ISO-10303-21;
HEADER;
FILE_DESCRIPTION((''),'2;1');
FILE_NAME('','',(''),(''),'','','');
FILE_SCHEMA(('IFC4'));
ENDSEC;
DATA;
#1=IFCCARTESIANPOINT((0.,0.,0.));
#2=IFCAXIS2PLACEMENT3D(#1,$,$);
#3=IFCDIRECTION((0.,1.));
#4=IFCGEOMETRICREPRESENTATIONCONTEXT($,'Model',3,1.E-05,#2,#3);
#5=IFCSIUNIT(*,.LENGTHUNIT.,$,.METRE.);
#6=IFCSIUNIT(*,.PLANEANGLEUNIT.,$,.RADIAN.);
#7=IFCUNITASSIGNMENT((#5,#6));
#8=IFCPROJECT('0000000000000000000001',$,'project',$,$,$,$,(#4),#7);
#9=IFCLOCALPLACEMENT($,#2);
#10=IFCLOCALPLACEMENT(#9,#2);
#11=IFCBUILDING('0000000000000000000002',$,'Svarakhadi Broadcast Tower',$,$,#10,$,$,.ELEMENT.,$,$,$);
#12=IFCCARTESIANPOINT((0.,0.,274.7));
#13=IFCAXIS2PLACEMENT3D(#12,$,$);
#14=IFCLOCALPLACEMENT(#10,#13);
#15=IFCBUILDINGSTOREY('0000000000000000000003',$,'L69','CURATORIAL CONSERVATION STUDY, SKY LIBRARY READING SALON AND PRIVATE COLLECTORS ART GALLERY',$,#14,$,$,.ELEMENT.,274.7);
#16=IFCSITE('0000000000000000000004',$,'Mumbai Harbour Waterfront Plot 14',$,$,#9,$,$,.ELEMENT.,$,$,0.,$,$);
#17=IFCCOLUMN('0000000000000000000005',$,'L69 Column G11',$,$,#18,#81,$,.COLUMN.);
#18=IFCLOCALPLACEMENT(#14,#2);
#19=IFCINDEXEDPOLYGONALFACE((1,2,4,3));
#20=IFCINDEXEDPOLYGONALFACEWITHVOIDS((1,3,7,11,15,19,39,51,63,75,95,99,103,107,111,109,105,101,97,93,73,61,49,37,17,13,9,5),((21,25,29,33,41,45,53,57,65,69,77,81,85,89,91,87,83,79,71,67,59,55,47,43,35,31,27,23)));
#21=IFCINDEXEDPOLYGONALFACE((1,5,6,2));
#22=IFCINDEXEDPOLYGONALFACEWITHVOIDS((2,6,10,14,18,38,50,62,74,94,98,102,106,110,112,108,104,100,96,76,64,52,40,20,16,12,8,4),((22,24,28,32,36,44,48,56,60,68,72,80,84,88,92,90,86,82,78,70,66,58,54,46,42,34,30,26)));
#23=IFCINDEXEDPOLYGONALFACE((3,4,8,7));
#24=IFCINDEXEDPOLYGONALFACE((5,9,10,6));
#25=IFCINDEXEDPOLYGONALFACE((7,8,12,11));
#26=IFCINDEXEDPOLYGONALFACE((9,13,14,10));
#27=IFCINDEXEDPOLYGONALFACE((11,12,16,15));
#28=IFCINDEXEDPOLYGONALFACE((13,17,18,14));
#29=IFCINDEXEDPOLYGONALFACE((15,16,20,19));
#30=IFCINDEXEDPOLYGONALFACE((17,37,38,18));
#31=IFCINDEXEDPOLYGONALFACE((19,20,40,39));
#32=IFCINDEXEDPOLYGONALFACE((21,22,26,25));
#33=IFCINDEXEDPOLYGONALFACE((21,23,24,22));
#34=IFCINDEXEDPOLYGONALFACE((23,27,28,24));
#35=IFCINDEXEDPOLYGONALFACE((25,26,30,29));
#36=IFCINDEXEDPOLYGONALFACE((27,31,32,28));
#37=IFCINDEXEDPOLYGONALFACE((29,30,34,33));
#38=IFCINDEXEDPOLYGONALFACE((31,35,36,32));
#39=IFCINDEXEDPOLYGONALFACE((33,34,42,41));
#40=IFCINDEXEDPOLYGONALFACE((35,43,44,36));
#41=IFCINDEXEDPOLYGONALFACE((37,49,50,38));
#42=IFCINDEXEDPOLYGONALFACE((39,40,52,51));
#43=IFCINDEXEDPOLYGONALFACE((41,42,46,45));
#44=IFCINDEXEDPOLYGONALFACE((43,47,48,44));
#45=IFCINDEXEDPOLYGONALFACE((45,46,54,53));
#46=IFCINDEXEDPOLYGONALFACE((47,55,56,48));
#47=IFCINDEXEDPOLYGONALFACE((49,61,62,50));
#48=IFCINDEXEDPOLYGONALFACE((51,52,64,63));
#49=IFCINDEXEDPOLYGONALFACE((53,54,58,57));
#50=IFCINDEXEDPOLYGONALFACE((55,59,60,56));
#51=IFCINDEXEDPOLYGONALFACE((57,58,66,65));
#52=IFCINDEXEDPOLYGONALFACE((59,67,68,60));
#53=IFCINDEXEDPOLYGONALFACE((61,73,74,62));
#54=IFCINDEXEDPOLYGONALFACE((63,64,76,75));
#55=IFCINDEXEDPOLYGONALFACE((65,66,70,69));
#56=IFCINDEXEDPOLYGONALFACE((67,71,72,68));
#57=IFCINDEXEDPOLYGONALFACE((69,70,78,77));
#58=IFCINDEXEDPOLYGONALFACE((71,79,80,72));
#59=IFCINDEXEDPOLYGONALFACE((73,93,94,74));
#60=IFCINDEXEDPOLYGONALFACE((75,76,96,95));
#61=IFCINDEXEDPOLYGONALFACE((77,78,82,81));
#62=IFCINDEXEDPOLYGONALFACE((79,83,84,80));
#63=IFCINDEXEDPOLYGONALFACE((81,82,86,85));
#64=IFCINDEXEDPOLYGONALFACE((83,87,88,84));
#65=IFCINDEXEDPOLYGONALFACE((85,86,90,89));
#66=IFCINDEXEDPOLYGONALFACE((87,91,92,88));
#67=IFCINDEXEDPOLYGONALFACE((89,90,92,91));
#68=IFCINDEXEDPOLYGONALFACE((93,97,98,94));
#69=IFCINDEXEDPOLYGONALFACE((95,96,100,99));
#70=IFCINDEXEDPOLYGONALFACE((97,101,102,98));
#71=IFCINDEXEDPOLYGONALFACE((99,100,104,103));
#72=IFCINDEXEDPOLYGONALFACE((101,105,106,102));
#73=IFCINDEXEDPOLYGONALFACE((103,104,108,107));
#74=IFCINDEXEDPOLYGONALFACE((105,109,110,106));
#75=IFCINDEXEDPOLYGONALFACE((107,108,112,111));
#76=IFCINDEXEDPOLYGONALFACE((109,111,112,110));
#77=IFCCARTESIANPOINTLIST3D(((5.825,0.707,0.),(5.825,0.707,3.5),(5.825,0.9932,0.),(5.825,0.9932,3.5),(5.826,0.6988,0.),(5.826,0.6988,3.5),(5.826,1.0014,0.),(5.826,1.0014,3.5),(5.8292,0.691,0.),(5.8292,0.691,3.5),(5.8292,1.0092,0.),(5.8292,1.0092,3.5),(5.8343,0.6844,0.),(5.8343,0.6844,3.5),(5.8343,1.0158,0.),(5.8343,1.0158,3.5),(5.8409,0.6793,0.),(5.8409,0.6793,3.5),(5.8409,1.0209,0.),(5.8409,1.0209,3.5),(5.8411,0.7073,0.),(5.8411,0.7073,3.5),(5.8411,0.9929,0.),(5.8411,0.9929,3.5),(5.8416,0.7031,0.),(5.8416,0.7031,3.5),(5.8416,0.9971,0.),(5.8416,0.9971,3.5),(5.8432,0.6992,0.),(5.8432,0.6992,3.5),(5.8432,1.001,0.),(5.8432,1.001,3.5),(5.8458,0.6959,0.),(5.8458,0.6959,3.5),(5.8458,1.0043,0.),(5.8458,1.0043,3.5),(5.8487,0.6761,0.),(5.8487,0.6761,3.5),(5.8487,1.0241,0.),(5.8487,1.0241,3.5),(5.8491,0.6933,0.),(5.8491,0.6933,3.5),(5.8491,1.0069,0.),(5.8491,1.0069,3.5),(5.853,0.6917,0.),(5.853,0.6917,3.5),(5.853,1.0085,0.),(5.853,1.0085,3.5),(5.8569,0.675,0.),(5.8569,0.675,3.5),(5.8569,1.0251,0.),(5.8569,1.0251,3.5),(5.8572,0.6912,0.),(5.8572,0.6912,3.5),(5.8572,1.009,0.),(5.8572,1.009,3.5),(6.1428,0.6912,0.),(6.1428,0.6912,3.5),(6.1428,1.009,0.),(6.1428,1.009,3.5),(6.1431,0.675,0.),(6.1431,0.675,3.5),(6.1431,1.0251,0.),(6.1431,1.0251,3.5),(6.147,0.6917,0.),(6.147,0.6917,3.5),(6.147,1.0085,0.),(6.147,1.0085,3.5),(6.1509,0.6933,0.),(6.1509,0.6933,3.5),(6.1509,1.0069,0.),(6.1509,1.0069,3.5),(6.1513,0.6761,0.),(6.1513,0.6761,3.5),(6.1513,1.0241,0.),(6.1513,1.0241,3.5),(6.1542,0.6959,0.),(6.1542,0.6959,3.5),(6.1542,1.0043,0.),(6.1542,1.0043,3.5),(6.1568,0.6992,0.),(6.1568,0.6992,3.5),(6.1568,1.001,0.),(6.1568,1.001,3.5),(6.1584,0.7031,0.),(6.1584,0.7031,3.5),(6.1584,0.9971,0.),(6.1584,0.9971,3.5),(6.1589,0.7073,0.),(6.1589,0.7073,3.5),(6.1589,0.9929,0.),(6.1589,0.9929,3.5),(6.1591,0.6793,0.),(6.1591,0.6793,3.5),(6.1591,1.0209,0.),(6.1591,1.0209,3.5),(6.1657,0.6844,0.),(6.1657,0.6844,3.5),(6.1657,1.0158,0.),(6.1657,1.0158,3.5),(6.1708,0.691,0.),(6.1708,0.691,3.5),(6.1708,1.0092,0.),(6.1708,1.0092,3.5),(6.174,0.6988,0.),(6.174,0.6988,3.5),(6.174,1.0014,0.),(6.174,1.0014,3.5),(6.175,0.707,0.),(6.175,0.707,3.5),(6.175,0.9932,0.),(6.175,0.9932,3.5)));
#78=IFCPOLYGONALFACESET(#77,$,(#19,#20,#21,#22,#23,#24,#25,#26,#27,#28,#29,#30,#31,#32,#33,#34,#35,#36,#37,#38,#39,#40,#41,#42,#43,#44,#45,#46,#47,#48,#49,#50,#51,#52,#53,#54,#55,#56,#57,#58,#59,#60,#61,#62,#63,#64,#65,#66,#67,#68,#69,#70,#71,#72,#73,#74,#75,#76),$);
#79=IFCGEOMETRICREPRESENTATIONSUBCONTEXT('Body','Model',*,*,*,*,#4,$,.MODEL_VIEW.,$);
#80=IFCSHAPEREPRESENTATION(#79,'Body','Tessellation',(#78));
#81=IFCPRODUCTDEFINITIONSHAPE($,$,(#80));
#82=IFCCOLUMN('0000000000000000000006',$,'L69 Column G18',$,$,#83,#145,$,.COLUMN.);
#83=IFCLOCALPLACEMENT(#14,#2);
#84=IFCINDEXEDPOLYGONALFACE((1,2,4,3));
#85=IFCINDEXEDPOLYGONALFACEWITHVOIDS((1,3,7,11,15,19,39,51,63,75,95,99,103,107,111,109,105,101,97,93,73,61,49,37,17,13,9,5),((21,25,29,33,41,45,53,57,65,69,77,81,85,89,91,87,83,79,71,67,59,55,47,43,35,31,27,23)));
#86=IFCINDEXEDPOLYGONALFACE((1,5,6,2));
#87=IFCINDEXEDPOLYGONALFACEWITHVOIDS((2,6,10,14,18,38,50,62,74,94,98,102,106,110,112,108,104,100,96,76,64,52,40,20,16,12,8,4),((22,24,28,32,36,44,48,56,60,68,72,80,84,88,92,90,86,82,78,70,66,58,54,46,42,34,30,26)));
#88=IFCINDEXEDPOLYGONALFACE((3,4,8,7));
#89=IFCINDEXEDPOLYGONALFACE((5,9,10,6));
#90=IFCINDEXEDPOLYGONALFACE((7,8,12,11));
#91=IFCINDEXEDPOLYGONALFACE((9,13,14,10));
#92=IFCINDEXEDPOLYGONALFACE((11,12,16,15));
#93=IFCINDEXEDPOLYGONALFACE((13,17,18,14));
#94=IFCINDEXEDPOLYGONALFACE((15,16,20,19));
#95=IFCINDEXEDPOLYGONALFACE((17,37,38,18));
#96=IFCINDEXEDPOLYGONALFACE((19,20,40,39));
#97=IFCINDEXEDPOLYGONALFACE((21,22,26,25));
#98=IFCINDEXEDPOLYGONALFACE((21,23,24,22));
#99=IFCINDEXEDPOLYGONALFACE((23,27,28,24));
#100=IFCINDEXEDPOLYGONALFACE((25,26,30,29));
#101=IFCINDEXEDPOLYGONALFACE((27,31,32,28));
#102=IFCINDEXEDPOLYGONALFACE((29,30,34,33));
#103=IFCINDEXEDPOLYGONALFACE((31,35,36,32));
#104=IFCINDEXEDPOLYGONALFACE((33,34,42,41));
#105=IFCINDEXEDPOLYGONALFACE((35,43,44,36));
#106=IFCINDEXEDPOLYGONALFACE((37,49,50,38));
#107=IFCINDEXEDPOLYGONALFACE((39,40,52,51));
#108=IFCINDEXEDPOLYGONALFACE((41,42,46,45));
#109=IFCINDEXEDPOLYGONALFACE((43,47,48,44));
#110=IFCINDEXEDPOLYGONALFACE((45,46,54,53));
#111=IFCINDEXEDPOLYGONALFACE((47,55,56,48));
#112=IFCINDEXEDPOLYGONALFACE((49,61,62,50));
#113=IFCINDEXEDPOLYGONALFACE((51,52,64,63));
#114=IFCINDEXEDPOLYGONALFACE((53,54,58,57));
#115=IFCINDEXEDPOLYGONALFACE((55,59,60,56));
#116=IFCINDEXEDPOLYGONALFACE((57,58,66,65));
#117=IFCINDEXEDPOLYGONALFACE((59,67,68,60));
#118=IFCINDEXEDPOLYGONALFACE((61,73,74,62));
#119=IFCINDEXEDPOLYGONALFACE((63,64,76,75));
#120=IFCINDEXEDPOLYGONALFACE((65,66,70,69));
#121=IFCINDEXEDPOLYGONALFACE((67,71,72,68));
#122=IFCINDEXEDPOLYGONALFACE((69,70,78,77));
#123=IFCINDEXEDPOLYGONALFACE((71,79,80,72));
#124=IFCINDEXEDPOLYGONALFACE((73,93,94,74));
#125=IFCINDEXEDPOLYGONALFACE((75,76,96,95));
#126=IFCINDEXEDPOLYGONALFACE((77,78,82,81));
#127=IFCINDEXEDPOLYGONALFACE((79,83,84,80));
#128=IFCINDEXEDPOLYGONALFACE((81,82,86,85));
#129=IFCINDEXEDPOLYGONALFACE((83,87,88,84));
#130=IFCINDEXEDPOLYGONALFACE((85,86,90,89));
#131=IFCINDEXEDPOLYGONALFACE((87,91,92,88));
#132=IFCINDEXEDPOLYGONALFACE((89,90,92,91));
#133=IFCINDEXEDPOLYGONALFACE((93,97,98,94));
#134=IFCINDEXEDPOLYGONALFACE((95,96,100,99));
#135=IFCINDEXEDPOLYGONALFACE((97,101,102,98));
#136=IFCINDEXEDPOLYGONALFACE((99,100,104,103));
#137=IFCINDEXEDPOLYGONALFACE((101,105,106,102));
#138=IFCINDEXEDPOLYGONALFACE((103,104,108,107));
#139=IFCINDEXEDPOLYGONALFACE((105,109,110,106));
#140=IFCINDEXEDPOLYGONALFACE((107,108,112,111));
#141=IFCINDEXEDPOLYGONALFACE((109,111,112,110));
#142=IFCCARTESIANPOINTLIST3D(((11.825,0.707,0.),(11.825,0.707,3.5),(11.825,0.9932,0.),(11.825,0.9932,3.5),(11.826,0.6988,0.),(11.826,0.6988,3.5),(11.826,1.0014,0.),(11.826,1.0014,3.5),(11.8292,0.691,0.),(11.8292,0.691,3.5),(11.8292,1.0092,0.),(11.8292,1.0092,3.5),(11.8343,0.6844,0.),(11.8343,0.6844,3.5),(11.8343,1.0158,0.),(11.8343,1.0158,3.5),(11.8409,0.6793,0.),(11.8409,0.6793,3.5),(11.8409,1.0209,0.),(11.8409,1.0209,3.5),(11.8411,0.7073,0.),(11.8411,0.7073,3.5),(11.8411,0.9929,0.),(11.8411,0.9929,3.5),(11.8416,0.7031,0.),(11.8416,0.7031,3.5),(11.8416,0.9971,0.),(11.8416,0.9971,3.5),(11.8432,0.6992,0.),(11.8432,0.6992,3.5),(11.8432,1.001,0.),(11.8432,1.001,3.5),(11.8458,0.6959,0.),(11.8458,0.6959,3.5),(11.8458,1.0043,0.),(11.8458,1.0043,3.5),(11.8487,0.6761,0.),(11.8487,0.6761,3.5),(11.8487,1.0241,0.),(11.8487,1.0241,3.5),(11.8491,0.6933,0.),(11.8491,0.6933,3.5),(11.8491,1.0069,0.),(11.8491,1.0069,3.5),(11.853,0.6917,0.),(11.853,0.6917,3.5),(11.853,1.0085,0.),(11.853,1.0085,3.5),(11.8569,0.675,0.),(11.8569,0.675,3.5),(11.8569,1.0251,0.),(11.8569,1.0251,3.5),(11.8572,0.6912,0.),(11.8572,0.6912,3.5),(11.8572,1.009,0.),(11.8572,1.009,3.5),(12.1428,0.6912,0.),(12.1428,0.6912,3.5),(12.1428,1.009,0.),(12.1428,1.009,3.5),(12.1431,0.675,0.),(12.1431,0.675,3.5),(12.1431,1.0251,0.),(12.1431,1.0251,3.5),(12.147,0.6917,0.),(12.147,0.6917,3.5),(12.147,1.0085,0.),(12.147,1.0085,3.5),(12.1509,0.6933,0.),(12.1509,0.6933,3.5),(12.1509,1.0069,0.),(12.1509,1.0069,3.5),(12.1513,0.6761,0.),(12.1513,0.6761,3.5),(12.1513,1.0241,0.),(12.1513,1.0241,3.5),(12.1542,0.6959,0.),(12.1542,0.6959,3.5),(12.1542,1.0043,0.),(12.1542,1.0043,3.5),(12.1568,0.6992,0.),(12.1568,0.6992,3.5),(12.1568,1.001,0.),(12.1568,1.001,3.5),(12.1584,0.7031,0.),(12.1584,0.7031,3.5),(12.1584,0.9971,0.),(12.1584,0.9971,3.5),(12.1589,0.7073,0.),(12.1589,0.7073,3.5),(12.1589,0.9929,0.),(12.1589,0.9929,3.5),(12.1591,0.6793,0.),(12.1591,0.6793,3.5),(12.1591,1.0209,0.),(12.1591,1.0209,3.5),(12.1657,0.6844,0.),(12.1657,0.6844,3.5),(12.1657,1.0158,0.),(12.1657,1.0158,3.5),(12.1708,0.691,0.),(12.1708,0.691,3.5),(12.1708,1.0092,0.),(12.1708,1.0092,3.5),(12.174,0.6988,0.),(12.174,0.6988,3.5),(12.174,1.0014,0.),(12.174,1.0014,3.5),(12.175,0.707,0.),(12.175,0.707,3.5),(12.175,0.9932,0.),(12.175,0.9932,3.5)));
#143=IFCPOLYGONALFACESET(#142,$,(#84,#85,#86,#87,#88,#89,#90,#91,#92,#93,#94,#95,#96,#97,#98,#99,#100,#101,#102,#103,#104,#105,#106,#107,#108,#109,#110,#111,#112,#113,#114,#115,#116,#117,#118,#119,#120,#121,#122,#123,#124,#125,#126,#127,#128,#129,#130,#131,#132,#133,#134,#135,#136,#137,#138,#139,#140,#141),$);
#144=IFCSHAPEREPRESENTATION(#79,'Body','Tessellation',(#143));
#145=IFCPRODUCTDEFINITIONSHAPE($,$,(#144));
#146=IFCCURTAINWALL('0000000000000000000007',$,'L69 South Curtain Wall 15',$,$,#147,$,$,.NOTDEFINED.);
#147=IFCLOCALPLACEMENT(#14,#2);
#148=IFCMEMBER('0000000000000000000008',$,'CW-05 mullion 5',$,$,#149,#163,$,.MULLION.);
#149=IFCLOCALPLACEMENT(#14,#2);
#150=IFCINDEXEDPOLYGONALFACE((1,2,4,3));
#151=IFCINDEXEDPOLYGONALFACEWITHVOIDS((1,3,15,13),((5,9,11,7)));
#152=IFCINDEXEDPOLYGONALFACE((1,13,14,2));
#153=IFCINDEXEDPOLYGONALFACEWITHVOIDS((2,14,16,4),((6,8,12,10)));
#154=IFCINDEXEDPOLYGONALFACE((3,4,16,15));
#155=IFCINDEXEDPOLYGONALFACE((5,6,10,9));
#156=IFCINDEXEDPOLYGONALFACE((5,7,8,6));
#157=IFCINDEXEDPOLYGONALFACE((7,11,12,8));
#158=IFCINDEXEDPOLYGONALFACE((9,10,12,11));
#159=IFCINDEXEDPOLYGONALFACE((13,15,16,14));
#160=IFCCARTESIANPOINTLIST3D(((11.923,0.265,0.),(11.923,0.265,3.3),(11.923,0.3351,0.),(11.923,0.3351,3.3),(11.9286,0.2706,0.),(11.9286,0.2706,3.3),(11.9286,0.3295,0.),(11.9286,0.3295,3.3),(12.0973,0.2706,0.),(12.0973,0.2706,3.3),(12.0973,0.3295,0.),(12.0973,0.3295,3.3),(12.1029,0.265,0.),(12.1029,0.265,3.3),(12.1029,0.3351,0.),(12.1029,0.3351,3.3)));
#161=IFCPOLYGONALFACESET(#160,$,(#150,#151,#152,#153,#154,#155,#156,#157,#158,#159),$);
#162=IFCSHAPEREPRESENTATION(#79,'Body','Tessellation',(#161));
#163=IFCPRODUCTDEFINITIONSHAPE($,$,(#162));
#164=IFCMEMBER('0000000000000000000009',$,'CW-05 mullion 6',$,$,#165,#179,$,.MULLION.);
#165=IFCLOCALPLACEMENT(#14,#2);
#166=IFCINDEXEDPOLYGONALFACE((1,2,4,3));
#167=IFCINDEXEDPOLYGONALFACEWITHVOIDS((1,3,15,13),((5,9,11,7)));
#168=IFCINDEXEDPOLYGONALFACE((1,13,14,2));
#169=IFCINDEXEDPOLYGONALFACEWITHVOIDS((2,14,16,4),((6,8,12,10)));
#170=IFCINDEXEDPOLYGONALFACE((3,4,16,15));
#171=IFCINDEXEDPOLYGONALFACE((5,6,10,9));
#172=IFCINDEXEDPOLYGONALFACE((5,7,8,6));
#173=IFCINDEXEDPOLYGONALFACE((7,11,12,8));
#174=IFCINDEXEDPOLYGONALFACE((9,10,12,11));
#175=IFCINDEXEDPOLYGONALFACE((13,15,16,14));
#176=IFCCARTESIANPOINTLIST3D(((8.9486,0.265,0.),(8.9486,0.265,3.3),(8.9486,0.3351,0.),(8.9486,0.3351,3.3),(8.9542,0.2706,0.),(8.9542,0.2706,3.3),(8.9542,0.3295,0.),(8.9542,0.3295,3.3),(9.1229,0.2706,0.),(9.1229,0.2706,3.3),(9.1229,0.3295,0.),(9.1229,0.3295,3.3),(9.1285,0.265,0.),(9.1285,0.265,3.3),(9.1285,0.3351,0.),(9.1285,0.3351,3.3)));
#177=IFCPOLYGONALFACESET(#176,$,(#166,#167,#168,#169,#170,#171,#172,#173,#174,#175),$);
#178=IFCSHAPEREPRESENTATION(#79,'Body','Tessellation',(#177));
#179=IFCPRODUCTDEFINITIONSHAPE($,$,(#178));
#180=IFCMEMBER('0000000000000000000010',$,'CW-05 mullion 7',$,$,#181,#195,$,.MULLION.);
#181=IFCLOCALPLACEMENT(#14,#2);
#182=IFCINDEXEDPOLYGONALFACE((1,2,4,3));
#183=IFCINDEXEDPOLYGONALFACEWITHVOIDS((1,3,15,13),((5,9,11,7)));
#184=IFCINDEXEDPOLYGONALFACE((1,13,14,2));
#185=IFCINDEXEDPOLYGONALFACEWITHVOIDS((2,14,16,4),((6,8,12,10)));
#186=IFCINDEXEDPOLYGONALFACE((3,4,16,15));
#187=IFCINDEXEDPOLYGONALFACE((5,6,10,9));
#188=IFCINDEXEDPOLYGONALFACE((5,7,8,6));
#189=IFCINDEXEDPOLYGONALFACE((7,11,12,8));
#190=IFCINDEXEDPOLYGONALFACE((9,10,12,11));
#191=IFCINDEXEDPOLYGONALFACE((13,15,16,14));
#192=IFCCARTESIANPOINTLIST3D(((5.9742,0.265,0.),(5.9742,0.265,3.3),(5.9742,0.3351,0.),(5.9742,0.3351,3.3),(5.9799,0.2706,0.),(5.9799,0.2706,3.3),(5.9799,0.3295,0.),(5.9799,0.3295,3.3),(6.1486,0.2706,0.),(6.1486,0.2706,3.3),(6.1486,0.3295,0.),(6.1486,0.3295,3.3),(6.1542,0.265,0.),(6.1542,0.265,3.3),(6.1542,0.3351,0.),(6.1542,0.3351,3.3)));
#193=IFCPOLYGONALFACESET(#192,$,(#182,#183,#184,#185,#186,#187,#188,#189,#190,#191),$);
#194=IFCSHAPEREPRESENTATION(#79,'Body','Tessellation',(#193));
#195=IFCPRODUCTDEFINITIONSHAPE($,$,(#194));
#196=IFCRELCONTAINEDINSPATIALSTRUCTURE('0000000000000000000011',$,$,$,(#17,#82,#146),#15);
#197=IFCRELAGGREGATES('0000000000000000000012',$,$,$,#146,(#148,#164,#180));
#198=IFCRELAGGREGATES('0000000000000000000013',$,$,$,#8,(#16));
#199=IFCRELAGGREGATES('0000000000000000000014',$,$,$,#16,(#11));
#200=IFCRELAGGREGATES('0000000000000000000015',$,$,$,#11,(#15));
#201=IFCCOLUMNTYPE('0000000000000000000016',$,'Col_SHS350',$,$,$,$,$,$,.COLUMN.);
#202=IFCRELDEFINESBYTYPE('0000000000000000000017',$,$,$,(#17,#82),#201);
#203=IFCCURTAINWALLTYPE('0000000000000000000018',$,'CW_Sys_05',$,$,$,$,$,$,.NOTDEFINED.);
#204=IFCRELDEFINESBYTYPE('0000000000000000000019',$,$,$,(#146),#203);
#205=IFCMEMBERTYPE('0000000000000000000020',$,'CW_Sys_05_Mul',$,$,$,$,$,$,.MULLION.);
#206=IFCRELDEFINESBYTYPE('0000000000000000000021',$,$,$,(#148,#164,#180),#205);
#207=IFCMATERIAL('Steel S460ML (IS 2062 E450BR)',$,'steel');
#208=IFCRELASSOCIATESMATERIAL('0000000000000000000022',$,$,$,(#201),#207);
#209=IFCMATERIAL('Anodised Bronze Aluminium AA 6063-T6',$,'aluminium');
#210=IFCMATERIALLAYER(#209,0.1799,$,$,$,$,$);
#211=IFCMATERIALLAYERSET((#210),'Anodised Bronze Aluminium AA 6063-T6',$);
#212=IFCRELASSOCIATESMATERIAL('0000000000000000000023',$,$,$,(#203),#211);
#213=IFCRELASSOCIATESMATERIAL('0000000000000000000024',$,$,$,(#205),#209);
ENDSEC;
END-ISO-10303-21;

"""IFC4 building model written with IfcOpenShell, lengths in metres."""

from ifc_helpers import new_model, si_unit, direction, frame, origin, origin_2d, place, context, subcontext, project, spatial, hollow_rectangle, extrude, material, layer, layer_set, material_profile, profile_set, type_object, element, aggregate, save


model = new_model("IFC4")

# Units and contexts
model_context = context("Model", 3, precision=1e-05, world=origin(), true_north=direction((0.0, 1.0)))
body_context = subcontext(model_context, "Body", "Model", "MODEL_VIEW")
ifc_project = project(units=[si_unit("LENGTHUNIT", "METRE"), si_unit("PLANEANGLEUNIT", "RADIAN")], contexts=[model_context])

# Site, building, storey
site_placement = place(None, origin())
site = spatial("IfcSite", under=ifc_project, at=site_placement, Name="Mumbai Harbour Waterfront Plot 14", CompositionType="ELEMENT", RefElevation=0.0)
building_placement = place(site_placement, origin())
building = spatial("IfcBuilding", under=site, at=building_placement, Name="Svarakhadi Broadcast Tower", CompositionType="ELEMENT")
storey_placement = place(building_placement, frame((0.0, 0.0, 274.7)))
storey = spatial("IfcBuildingStorey", under=building, at=storey_placement, Name="L69", Description="CURATORIAL CONSERVATION STUDY, SKY LIBRARY READING SALON AND PRIVATE COLLECTORS ART GALLERY", CompositionType="ELEMENT", Elevation=274.7)

# Columns
ifc_material_1 = material(Name="Steel S460ML (IS 2062 E450BR)", Category="steel")
ifc_material_profile_1 = material_profile(ifc_material_1, hollow_rectangle(XDim=0.3501, YDim=0.3501, WallThickness=0.0161, InnerFilletRadius=0.0161, OuterFilletRadius=0.032, at=origin_2d()), Name="SHS 350x350x16")
ifc_profile_set_1 = profile_set([ifc_material_profile_1], Name="Steel S460ML (IS 2062 E450BR)")
column_type = type_object("IfcColumnType", Name="Col_SHS350", PredefinedType="COLUMN", material=ifc_profile_set_1)
for number, where, z_axis, x_axis, name in (
    (1, (6.0, 0.8501, 0.0), (0.0, 0.0, 1.0), (1.0, 0.0, 0.0), "L69 Column G11"),
    (2, (12.0, 0.8501, 0.0), (0.0, 0.0, 1.0), (1.0, 0.0, 0.0), "L69 Column G18"),
):
    element("IfcColumn", number, at=place(storey_placement, frame(where, z_axis=z_axis, x_axis=x_axis)), inside=storey, type_object=column_type, Name=name, PredefinedType="COLUMN", context=body_context, shape_type="SweptSolid", body=[
        extrude(hollow_rectangle(XDim=0.3501, YDim=0.3501, WallThickness=0.0161, InnerFilletRadius=0.0161, OuterFilletRadius=0.032, at=origin_2d()), origin(), (0.0, 0.0, 1.0), 3.5),
    ])

# Curtain wall, members
ifc_material_2 = material(Name="Anodised Bronze Aluminium AA 6063-T6", Category="aluminium")
ifc_layer_1 = layer(ifc_material_2, 0.1799)
ifc_layer_set_1 = layer_set([ifc_layer_1], Name="Anodised Bronze Aluminium AA 6063-T6")
curtain_wall_type = type_object("IfcCurtainWallType", Name="CW_Sys_05", PredefinedType="NOTDEFINED", material=ifc_layer_set_1)
curtain_wall_placement = place(storey_placement, origin())
curtain_wall = element("IfcCurtainWall", 3, at=curtain_wall_placement, inside=storey, type_object=curtain_wall_type, Name="L69 South Curtain Wall 15", PredefinedType="NOTDEFINED")
ifc_material_profile_2 = material_profile(ifc_material_2, hollow_rectangle(XDim=0.0701, YDim=0.1799, WallThickness=0.0056, at=origin_2d()), Name="ALU MULLION 180x70x6")
ifc_profile_set_2 = profile_set([ifc_material_profile_2], Name="Anodised Bronze Aluminium AA 6063-T6")
member_type_1 = type_object("IfcMemberType", Name="CW_Sys_05_Mul", PredefinedType="MULLION", material=ifc_profile_set_2)
member_1_placement = place(storey_placement, frame((12.0129, 0.3, 0.0), z_axis=(0.0, 0.0, 1.0), x_axis=(0.0, -1.0, 0.0)))
member_1 = element("IfcMember", 4, at=member_1_placement, type_object=member_type_1, Name="CW-05 mullion 5", PredefinedType="MULLION", context=body_context, shape_type="SweptSolid", body=[
    extrude(hollow_rectangle(XDim=0.0701, YDim=0.1799, WallThickness=0.0056, at=origin_2d()), origin(), (0.0, 0.0, 1.0), 3.3),
])
member_2_placement = place(storey_placement, frame((9.0386, 0.3, 0.0), z_axis=(0.0, 0.0, 1.0), x_axis=(0.0, -1.0, 0.0)))
member_2 = element("IfcMember", 5, at=member_2_placement, type_object=member_type_1, Name="CW-05 mullion 6", PredefinedType="MULLION", context=body_context, shape_type="SweptSolid", body=[
    extrude(hollow_rectangle(XDim=0.0701, YDim=0.1799, WallThickness=0.0056, at=origin_2d()), origin(), (0.0, 0.0, 1.0), 3.3),
])
member_3_placement = place(storey_placement, frame((6.0642, 0.3, 0.0), z_axis=(0.0, 0.0, 1.0), x_axis=(0.0, -1.0, 0.0)))
member_3 = element("IfcMember", 6, at=member_3_placement, type_object=member_type_1, Name="CW-05 mullion 7", PredefinedType="MULLION", context=body_context, shape_type="SweptSolid", body=[
    extrude(hollow_rectangle(XDim=0.0701, YDim=0.1799, WallThickness=0.0056, at=origin_2d()), origin(), (0.0, 0.0, 1.0), 3.3),
])

aggregate(curtain_wall, [member_1, member_2, member_3])

save(model, "model.ifc")
